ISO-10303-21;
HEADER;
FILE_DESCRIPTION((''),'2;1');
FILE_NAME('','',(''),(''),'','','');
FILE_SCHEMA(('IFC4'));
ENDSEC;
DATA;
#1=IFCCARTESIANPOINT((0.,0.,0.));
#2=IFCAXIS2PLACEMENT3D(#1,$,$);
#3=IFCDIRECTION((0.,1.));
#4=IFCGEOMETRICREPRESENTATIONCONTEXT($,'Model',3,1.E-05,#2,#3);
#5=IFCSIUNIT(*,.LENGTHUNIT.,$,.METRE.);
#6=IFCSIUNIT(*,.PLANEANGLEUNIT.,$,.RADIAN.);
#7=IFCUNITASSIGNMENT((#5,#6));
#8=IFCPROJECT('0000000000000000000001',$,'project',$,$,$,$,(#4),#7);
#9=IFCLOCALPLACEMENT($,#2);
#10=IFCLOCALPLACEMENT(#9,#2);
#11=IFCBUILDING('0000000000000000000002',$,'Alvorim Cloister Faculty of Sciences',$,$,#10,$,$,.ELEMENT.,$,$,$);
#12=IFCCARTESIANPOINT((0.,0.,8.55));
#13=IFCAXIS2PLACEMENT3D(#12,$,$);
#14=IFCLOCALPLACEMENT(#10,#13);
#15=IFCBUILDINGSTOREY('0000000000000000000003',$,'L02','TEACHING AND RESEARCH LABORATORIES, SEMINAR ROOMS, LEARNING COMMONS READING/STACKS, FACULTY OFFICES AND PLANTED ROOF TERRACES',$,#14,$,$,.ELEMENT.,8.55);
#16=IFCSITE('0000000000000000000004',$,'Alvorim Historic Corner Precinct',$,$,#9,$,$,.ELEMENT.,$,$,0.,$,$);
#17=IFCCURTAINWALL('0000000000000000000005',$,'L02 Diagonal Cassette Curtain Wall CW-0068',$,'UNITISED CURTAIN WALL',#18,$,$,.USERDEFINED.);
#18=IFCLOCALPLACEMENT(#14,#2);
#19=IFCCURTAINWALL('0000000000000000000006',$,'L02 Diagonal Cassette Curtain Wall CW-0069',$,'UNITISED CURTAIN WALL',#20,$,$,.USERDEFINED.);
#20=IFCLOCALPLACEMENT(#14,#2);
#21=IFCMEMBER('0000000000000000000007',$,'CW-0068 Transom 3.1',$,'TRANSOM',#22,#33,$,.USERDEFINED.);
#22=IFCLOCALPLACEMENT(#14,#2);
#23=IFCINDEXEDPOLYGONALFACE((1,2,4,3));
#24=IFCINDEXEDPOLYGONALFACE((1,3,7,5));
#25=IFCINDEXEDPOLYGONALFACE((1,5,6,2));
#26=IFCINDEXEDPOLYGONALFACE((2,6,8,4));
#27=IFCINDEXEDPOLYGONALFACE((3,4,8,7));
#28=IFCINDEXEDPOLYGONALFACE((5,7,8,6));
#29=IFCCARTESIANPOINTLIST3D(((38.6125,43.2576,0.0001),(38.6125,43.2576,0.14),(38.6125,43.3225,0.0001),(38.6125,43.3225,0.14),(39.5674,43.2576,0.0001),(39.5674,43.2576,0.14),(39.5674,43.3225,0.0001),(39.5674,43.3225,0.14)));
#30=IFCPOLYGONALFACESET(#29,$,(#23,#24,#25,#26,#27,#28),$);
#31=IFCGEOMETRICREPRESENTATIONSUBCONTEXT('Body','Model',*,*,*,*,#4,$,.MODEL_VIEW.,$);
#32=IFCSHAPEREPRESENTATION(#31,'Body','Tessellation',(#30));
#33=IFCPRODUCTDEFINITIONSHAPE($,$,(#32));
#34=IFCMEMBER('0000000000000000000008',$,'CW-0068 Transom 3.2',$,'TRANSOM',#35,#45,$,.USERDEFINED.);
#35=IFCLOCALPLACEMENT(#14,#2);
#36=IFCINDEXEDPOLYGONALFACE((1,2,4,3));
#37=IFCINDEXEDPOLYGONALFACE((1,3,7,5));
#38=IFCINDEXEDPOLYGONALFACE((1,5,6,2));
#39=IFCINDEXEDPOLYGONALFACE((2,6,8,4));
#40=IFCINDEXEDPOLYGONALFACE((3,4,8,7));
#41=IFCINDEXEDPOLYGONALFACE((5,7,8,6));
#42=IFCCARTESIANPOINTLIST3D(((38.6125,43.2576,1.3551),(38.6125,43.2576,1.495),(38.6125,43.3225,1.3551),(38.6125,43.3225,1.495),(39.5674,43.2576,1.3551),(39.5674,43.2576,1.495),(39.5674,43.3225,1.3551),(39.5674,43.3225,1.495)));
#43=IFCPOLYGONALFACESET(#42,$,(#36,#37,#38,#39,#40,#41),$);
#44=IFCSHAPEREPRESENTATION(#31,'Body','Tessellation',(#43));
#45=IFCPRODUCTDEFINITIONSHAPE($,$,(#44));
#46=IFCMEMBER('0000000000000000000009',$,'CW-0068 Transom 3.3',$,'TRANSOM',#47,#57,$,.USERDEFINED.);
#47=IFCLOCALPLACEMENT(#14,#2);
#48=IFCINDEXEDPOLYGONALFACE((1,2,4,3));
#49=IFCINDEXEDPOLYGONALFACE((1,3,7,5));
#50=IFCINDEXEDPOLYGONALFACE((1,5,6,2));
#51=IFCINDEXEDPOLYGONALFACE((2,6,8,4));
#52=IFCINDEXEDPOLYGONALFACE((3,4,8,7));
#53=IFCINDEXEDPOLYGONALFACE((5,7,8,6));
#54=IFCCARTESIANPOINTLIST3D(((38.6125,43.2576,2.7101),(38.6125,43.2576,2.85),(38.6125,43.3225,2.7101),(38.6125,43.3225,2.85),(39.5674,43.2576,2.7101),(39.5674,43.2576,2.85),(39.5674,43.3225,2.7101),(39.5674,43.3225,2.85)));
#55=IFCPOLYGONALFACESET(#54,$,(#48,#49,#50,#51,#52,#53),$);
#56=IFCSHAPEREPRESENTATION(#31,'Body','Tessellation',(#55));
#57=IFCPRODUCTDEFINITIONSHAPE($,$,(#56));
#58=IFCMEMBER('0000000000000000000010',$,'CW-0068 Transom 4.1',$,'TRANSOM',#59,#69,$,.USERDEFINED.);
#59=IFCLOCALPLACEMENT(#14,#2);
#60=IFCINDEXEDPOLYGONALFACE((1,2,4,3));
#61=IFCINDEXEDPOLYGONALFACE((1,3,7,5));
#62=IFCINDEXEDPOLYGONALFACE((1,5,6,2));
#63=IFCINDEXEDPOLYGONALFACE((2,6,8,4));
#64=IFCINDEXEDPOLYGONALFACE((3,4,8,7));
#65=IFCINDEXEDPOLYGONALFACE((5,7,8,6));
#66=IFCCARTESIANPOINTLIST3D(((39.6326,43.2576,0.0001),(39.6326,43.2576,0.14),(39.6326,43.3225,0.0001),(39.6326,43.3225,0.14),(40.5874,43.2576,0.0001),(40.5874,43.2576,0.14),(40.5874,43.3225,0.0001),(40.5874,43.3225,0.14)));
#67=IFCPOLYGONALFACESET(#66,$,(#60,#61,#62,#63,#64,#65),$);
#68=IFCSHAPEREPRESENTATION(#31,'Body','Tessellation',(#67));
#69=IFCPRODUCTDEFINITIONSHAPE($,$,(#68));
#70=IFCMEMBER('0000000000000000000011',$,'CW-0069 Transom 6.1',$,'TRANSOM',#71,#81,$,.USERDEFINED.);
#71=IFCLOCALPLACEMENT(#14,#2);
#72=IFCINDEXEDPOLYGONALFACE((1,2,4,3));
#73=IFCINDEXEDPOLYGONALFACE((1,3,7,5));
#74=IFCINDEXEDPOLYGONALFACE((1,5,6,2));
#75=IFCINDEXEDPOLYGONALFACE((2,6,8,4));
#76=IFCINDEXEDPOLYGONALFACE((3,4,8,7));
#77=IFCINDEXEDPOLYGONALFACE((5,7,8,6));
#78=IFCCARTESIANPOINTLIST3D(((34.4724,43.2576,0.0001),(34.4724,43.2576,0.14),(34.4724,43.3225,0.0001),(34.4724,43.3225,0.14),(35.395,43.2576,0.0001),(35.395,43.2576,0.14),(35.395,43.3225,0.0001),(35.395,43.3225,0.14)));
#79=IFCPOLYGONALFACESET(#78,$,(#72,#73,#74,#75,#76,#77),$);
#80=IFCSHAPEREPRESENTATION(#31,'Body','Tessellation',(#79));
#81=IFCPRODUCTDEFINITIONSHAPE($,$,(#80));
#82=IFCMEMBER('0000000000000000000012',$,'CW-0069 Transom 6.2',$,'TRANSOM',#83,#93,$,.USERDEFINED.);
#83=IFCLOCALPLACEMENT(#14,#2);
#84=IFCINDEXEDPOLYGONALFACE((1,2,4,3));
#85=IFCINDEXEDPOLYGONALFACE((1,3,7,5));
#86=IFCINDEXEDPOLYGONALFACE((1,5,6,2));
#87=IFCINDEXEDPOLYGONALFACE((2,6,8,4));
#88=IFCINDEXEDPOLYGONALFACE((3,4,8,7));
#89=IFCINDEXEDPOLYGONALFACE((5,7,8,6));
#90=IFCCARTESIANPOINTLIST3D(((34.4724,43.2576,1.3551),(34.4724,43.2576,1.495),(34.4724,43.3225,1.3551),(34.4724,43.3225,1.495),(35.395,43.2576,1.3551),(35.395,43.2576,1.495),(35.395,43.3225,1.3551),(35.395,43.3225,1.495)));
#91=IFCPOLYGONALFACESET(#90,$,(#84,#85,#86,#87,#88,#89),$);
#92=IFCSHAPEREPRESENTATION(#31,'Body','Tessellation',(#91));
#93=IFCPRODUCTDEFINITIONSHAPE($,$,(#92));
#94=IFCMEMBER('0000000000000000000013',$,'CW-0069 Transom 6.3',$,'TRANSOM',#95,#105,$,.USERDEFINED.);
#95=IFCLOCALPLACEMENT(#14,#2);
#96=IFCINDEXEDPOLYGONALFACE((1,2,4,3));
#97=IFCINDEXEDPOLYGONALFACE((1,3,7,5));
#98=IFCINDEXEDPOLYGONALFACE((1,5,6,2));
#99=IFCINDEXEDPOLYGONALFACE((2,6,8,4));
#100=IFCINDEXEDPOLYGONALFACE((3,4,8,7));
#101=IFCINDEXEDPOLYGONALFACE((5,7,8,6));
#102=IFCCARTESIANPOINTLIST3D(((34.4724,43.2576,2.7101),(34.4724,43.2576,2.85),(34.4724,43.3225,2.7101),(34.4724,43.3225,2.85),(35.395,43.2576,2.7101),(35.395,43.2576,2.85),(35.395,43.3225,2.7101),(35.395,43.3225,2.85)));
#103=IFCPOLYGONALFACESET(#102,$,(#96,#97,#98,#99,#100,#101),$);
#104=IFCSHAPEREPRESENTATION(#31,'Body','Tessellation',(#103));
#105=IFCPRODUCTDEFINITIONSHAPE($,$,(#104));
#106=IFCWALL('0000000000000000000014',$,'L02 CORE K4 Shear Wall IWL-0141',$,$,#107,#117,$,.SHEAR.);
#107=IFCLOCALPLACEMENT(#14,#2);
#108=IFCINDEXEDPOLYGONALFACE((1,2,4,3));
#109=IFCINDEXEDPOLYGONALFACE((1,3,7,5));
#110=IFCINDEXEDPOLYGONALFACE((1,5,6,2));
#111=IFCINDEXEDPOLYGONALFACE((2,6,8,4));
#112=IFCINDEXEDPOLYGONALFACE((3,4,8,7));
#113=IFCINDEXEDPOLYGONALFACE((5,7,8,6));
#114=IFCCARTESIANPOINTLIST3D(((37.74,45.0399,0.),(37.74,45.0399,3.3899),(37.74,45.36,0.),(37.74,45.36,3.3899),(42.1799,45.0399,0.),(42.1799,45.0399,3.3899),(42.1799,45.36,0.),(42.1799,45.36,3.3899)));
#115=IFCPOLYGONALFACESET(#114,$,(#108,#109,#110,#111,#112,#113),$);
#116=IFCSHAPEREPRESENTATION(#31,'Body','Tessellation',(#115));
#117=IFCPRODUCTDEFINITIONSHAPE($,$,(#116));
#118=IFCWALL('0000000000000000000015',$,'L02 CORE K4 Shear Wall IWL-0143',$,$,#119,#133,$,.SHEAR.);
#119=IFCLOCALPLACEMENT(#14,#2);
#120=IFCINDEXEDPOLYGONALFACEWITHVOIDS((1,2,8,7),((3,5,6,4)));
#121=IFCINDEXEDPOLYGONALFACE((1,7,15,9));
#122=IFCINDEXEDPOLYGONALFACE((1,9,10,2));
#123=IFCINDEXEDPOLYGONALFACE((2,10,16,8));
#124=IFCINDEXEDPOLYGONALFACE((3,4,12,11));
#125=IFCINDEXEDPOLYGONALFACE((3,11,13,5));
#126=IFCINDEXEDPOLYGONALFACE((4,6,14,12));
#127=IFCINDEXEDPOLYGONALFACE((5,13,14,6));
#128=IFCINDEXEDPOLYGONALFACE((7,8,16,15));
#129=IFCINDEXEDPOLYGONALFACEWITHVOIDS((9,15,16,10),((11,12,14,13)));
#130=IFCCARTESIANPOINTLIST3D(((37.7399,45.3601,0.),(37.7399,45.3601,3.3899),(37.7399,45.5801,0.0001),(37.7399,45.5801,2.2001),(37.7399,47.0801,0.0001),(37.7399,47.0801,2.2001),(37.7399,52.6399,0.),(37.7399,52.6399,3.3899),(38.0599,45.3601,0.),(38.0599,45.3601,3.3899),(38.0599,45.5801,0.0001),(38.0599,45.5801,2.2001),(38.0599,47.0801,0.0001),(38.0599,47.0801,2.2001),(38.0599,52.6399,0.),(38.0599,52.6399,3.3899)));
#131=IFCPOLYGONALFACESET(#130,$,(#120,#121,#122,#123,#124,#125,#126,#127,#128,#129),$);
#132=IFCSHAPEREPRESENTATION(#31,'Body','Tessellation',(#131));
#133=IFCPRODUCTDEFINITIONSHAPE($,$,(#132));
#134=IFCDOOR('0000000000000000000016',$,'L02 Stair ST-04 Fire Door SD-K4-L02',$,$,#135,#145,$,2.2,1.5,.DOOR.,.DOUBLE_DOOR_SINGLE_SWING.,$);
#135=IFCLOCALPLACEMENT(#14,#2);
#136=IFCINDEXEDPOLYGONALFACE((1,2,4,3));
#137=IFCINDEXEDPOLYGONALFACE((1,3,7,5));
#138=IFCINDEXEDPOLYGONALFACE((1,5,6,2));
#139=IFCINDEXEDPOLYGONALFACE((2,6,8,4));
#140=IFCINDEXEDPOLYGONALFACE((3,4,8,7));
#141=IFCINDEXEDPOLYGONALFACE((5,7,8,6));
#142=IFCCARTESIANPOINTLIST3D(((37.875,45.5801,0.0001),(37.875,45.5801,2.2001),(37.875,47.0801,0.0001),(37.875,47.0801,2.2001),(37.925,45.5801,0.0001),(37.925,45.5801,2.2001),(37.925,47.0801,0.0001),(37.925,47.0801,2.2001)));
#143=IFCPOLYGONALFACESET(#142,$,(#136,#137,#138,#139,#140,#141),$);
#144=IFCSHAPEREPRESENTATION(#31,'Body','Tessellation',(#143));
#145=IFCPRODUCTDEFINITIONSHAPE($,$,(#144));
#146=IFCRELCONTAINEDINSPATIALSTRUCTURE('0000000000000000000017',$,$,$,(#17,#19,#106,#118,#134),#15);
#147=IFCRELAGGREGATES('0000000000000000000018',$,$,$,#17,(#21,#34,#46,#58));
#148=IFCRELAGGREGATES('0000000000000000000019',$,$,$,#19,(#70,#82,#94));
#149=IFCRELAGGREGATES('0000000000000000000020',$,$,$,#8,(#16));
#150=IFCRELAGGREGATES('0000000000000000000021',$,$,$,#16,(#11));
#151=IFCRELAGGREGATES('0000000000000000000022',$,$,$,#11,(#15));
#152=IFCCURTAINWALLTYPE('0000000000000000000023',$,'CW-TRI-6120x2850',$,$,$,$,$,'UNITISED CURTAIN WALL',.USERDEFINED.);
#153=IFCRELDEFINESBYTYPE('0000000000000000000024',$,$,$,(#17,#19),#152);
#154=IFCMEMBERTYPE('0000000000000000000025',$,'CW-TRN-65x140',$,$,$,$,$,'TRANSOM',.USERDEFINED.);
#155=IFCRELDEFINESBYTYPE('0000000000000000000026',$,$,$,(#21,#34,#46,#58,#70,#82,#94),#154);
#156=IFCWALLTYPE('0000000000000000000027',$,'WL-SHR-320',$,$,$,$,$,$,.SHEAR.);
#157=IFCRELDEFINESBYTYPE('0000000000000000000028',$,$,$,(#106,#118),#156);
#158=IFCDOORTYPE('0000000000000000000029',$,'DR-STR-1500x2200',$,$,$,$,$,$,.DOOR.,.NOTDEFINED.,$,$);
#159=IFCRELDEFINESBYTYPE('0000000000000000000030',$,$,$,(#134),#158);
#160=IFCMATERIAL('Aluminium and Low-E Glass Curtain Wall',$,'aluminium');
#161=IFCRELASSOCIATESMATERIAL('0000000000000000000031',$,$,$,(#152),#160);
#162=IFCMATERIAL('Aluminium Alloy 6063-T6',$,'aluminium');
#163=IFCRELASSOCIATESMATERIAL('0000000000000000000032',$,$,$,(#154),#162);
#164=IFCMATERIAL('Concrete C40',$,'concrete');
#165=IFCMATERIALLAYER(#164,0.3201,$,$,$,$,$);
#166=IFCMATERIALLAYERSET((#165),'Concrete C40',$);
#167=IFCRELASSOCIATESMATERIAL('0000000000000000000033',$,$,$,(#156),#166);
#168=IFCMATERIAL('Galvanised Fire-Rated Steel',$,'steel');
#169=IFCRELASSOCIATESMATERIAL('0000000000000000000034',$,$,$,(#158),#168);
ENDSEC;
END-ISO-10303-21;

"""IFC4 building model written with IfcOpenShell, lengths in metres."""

from ifc_helpers import new_model, si_unit, direction, frame, frame_2d, origin, origin_2d, place, context, subcontext, project, spatial, rectangle, extrude, material, layer, layer_set, material_profile, profile_set, type_object, element, fill, aggregate, save


model = new_model("IFC4")

# Units and contexts
model_context = context("Model", 3, precision=1e-05, world=origin(), true_north=direction((0.0, 1.0)))
body_context = subcontext(model_context, "Body", "Model", "MODEL_VIEW")
ifc_project = project(units=[si_unit("LENGTHUNIT", "METRE"), si_unit("PLANEANGLEUNIT", "RADIAN")], contexts=[model_context])

# Site, building, storey
site_placement = place(None, origin())
site = spatial("IfcSite", under=ifc_project, at=site_placement, Name="Alvorim Historic Corner Precinct", CompositionType="ELEMENT", RefElevation=0.0)
building_placement = place(site_placement, origin())
building = spatial("IfcBuilding", under=site, at=building_placement, Name="Alvorim Cloister Faculty of Sciences", CompositionType="ELEMENT")
storey_placement = place(building_placement, frame((0.0, 0.0, 8.55)))
storey = spatial("IfcBuildingStorey", under=building, at=storey_placement, Name="L02", Description="TEACHING AND RESEARCH LABORATORIES, SEMINAR ROOMS, LEARNING COMMONS READING/STACKS, FACULTY OFFICES AND PLANTED ROOF TERRACES", CompositionType="ELEMENT", Elevation=8.55)

# Curtain wall
ifc_material_1 = material(Name="Aluminium and Low-E Glass Curtain Wall", Category="aluminium")
curtain_wall_type = type_object("IfcCurtainWallType", Name="CW-TRI-6120x2850", ElementType="UNITISED CURTAIN WALL", PredefinedType="USERDEFINED", material=ifc_material_1)
curtain_wall_1_placement = place(storey_placement, origin())
curtain_wall_1 = element("IfcCurtainWall", 1, at=curtain_wall_1_placement, inside=storey, type_object=curtain_wall_type, Name="L02 Diagonal Cassette Curtain Wall CW-0068", ObjectType="UNITISED CURTAIN WALL", PredefinedType="USERDEFINED")
ifc_material_2 = material(Name="Aluminium Alloy 6063-T6", Category="aluminium")

# Curtain wall
curtain_wall_2_placement = place(storey_placement, origin())
curtain_wall_2 = element("IfcCurtainWall", 2, at=curtain_wall_2_placement, inside=storey, type_object=curtain_wall_type, Name="L02 Diagonal Cassette Curtain Wall CW-0069", ObjectType="UNITISED CURTAIN WALL", PredefinedType="USERDEFINED")

# Members
ifc_material_profile_1 = material_profile(ifc_material_2, rectangle(XDim=0.0649, YDim=0.1399, at=origin_2d()), Name="ALU-TRN-65x140")
ifc_profile_set_1 = profile_set([ifc_material_profile_1], Name="Aluminium Alloy 6063-T6")
member_type_1 = type_object("IfcMemberType", Name="CW-TRN-65x140", ElementType="TRANSOM", PredefinedType="USERDEFINED", material=ifc_profile_set_1)
member_1_placement = place(storey_placement, frame((38.6125, 43.29, 0.0701), z_axis=(1.0, 0.0, 0.0), x_axis=(0.0, 1.0, 0.0)))
member_1 = element("IfcMember", 3, at=member_1_placement, type_object=member_type_1, Name="CW-0068 Transom 3.1", ObjectType="TRANSOM", PredefinedType="USERDEFINED", context=body_context, shape_type="SweptSolid", body=[
    extrude(rectangle(XDim=0.0649, YDim=0.1399, at=origin_2d()), origin(), (0.0, 0.0, 1.0), 0.9548),
])
member_2_placement = place(storey_placement, frame((38.6125, 43.29, 1.425), z_axis=(1.0, 0.0, 0.0), x_axis=(0.0, 1.0, 0.0)))
member_2 = element("IfcMember", 4, at=member_2_placement, type_object=member_type_1, Name="CW-0068 Transom 3.2", ObjectType="TRANSOM", PredefinedType="USERDEFINED", context=body_context, shape_type="SweptSolid", body=[
    extrude(rectangle(XDim=0.0649, YDim=0.1399, at=origin_2d()), origin(), (0.0, 0.0, 1.0), 0.9548),
])
member_3_placement = place(storey_placement, frame((38.6125, 43.29, 2.78), z_axis=(1.0, 0.0, 0.0), x_axis=(0.0, 1.0, 0.0)))
member_3 = element("IfcMember", 5, at=member_3_placement, type_object=member_type_1, Name="CW-0068 Transom 3.3", ObjectType="TRANSOM", PredefinedType="USERDEFINED", context=body_context, shape_type="SweptSolid", body=[
    extrude(rectangle(XDim=0.0649, YDim=0.1399, at=origin_2d()), origin(), (0.0, 0.0, 1.0), 0.9548),
])
member_4_placement = place(storey_placement, frame((39.6326, 43.29, 0.0701), z_axis=(1.0, 0.0, 0.0), x_axis=(0.0, 1.0, 0.0)))
member_4 = element("IfcMember", 6, at=member_4_placement, type_object=member_type_1, Name="CW-0068 Transom 4.1", ObjectType="TRANSOM", PredefinedType="USERDEFINED", context=body_context, shape_type="SweptSolid", body=[
    extrude(rectangle(XDim=0.0649, YDim=0.1399, at=origin_2d()), origin(), (0.0, 0.0, 1.0), 0.9548),
])
aggregate(curtain_wall_1, [member_1, member_2, member_3, member_4])
member_5_placement = place(storey_placement, frame((34.4724, 43.29, 0.0701), z_axis=(1.0, 0.0, 0.0), x_axis=(0.0, 1.0, 0.0)))
member_5 = element("IfcMember", 7, at=member_5_placement, type_object=member_type_1, Name="CW-0069 Transom 6.1", ObjectType="TRANSOM", PredefinedType="USERDEFINED", context=body_context, shape_type="SweptSolid", body=[
    extrude(rectangle(XDim=0.0649, YDim=0.1399, at=origin_2d()), origin(), (0.0, 0.0, 1.0), 0.9226),
])
member_6_placement = place(storey_placement, frame((34.4724, 43.29, 1.425), z_axis=(1.0, 0.0, 0.0), x_axis=(0.0, 1.0, 0.0)))
member_6 = element("IfcMember", 8, at=member_6_placement, type_object=member_type_1, Name="CW-0069 Transom 6.2", ObjectType="TRANSOM", PredefinedType="USERDEFINED", context=body_context, shape_type="SweptSolid", body=[
    extrude(rectangle(XDim=0.0649, YDim=0.1399, at=origin_2d()), origin(), (0.0, 0.0, 1.0), 0.9226),
])
member_7_placement = place(storey_placement, frame((34.4724, 43.29, 2.78), z_axis=(1.0, 0.0, 0.0), x_axis=(0.0, 1.0, 0.0)))
member_7 = element("IfcMember", 9, at=member_7_placement, type_object=member_type_1, Name="CW-0069 Transom 6.3", ObjectType="TRANSOM", PredefinedType="USERDEFINED", context=body_context, shape_type="SweptSolid", body=[
    extrude(rectangle(XDim=0.0649, YDim=0.1399, at=origin_2d()), origin(), (0.0, 0.0, 1.0), 0.9226),
])
aggregate(curtain_wall_2, [member_5, member_6, member_7])

# Wall
ifc_material_3 = material(Name="Concrete C40", Category="concrete")
ifc_layer = layer(ifc_material_3, 0.3201)
ifc_layer_set = layer_set([ifc_layer], Name="Concrete C40")
wall_type = type_object("IfcWallType", Name="WL-SHR-320", PredefinedType="SHEAR", material=ifc_layer_set)
wall_1_placement = place(storey_placement, frame((37.74, 45.2, 0.0), z_axis=(0.0, 0.0, 1.0), x_axis=(1.0, 0.0, 0.0)))
element("IfcWall", 10, at=wall_1_placement, inside=storey, type_object=wall_type, Name="L02 CORE K4 Shear Wall IWL-0141", PredefinedType="SHEAR", context=body_context, shape_type="SweptSolid", body=[
    extrude(rectangle(XDim=4.4399, YDim=0.3201, at=frame_2d((2.22, 0.0))), origin(), (0.0, 0.0, 1.0), 3.3899),
])

# Wall, opening, door
wall_2_placement = place(storey_placement, frame((37.8999, 45.3601, 0.0), z_axis=(0.0, 0.0, 1.0), x_axis=(0.0, 1.0, 0.0)))
wall_2 = element("IfcWall", 11, at=wall_2_placement, inside=storey, type_object=wall_type, Name="L02 CORE K4 Shear Wall IWL-0143", PredefinedType="SHEAR", context=body_context, shape_type="SweptSolid", body=[
    extrude(rectangle(XDim=7.2798, YDim=0.3201, at=frame_2d((3.6399, 0.0))), origin(), (0.0, 0.0, 1.0), 3.3899),
])
opening_placement = place(wall_2_placement, frame((0.22, 0.0, 0.0)))
opening = element("IfcOpeningElement", 12, at=opening_placement, cuts=wall_2, PredefinedType="OPENING", context=body_context, shape_type="SweptSolid", body=[
    extrude(rectangle(XDim=1.5, YDim=2.2, at=frame_2d((0.75, 1.1001))), frame((0.0, 0.1719, 0.0), z_axis=(0.0, -1.0, 0.0), x_axis=(1.0, 0.0, 0.0)), (0.0, 0.0, 1.0), 0.344),
])
ifc_material_4 = material(Name="Galvanised Fire-Rated Steel", Category="steel")
door_type = type_object("IfcDoorType", Name="DR-STR-1500x2200", OperationType="NOTDEFINED", PredefinedType="DOOR", material=ifc_material_4)
door_placement = place(opening_placement, origin())
door = element("IfcDoor", 13, at=door_placement, inside=storey, type_object=door_type, Name="L02 Stair ST-04 Fire Door SD-K4-L02", OperationType="DOUBLE_DOOR_SINGLE_SWING", OverallHeight=2.2, OverallWidth=1.5, PredefinedType="DOOR", context=body_context, shape_type="SweptSolid", body=[
    extrude(rectangle(XDim=1.5, YDim=2.2, at=frame_2d((0.75, 1.1001))), frame((0.0, 0.0249, 0.0), z_axis=(0.0, -1.0, 0.0), x_axis=(1.0, 0.0, 0.0)), (0.0, 0.0, 1.0), 0.05),
])
fill(opening, door)

save(model, "model.ifc")
